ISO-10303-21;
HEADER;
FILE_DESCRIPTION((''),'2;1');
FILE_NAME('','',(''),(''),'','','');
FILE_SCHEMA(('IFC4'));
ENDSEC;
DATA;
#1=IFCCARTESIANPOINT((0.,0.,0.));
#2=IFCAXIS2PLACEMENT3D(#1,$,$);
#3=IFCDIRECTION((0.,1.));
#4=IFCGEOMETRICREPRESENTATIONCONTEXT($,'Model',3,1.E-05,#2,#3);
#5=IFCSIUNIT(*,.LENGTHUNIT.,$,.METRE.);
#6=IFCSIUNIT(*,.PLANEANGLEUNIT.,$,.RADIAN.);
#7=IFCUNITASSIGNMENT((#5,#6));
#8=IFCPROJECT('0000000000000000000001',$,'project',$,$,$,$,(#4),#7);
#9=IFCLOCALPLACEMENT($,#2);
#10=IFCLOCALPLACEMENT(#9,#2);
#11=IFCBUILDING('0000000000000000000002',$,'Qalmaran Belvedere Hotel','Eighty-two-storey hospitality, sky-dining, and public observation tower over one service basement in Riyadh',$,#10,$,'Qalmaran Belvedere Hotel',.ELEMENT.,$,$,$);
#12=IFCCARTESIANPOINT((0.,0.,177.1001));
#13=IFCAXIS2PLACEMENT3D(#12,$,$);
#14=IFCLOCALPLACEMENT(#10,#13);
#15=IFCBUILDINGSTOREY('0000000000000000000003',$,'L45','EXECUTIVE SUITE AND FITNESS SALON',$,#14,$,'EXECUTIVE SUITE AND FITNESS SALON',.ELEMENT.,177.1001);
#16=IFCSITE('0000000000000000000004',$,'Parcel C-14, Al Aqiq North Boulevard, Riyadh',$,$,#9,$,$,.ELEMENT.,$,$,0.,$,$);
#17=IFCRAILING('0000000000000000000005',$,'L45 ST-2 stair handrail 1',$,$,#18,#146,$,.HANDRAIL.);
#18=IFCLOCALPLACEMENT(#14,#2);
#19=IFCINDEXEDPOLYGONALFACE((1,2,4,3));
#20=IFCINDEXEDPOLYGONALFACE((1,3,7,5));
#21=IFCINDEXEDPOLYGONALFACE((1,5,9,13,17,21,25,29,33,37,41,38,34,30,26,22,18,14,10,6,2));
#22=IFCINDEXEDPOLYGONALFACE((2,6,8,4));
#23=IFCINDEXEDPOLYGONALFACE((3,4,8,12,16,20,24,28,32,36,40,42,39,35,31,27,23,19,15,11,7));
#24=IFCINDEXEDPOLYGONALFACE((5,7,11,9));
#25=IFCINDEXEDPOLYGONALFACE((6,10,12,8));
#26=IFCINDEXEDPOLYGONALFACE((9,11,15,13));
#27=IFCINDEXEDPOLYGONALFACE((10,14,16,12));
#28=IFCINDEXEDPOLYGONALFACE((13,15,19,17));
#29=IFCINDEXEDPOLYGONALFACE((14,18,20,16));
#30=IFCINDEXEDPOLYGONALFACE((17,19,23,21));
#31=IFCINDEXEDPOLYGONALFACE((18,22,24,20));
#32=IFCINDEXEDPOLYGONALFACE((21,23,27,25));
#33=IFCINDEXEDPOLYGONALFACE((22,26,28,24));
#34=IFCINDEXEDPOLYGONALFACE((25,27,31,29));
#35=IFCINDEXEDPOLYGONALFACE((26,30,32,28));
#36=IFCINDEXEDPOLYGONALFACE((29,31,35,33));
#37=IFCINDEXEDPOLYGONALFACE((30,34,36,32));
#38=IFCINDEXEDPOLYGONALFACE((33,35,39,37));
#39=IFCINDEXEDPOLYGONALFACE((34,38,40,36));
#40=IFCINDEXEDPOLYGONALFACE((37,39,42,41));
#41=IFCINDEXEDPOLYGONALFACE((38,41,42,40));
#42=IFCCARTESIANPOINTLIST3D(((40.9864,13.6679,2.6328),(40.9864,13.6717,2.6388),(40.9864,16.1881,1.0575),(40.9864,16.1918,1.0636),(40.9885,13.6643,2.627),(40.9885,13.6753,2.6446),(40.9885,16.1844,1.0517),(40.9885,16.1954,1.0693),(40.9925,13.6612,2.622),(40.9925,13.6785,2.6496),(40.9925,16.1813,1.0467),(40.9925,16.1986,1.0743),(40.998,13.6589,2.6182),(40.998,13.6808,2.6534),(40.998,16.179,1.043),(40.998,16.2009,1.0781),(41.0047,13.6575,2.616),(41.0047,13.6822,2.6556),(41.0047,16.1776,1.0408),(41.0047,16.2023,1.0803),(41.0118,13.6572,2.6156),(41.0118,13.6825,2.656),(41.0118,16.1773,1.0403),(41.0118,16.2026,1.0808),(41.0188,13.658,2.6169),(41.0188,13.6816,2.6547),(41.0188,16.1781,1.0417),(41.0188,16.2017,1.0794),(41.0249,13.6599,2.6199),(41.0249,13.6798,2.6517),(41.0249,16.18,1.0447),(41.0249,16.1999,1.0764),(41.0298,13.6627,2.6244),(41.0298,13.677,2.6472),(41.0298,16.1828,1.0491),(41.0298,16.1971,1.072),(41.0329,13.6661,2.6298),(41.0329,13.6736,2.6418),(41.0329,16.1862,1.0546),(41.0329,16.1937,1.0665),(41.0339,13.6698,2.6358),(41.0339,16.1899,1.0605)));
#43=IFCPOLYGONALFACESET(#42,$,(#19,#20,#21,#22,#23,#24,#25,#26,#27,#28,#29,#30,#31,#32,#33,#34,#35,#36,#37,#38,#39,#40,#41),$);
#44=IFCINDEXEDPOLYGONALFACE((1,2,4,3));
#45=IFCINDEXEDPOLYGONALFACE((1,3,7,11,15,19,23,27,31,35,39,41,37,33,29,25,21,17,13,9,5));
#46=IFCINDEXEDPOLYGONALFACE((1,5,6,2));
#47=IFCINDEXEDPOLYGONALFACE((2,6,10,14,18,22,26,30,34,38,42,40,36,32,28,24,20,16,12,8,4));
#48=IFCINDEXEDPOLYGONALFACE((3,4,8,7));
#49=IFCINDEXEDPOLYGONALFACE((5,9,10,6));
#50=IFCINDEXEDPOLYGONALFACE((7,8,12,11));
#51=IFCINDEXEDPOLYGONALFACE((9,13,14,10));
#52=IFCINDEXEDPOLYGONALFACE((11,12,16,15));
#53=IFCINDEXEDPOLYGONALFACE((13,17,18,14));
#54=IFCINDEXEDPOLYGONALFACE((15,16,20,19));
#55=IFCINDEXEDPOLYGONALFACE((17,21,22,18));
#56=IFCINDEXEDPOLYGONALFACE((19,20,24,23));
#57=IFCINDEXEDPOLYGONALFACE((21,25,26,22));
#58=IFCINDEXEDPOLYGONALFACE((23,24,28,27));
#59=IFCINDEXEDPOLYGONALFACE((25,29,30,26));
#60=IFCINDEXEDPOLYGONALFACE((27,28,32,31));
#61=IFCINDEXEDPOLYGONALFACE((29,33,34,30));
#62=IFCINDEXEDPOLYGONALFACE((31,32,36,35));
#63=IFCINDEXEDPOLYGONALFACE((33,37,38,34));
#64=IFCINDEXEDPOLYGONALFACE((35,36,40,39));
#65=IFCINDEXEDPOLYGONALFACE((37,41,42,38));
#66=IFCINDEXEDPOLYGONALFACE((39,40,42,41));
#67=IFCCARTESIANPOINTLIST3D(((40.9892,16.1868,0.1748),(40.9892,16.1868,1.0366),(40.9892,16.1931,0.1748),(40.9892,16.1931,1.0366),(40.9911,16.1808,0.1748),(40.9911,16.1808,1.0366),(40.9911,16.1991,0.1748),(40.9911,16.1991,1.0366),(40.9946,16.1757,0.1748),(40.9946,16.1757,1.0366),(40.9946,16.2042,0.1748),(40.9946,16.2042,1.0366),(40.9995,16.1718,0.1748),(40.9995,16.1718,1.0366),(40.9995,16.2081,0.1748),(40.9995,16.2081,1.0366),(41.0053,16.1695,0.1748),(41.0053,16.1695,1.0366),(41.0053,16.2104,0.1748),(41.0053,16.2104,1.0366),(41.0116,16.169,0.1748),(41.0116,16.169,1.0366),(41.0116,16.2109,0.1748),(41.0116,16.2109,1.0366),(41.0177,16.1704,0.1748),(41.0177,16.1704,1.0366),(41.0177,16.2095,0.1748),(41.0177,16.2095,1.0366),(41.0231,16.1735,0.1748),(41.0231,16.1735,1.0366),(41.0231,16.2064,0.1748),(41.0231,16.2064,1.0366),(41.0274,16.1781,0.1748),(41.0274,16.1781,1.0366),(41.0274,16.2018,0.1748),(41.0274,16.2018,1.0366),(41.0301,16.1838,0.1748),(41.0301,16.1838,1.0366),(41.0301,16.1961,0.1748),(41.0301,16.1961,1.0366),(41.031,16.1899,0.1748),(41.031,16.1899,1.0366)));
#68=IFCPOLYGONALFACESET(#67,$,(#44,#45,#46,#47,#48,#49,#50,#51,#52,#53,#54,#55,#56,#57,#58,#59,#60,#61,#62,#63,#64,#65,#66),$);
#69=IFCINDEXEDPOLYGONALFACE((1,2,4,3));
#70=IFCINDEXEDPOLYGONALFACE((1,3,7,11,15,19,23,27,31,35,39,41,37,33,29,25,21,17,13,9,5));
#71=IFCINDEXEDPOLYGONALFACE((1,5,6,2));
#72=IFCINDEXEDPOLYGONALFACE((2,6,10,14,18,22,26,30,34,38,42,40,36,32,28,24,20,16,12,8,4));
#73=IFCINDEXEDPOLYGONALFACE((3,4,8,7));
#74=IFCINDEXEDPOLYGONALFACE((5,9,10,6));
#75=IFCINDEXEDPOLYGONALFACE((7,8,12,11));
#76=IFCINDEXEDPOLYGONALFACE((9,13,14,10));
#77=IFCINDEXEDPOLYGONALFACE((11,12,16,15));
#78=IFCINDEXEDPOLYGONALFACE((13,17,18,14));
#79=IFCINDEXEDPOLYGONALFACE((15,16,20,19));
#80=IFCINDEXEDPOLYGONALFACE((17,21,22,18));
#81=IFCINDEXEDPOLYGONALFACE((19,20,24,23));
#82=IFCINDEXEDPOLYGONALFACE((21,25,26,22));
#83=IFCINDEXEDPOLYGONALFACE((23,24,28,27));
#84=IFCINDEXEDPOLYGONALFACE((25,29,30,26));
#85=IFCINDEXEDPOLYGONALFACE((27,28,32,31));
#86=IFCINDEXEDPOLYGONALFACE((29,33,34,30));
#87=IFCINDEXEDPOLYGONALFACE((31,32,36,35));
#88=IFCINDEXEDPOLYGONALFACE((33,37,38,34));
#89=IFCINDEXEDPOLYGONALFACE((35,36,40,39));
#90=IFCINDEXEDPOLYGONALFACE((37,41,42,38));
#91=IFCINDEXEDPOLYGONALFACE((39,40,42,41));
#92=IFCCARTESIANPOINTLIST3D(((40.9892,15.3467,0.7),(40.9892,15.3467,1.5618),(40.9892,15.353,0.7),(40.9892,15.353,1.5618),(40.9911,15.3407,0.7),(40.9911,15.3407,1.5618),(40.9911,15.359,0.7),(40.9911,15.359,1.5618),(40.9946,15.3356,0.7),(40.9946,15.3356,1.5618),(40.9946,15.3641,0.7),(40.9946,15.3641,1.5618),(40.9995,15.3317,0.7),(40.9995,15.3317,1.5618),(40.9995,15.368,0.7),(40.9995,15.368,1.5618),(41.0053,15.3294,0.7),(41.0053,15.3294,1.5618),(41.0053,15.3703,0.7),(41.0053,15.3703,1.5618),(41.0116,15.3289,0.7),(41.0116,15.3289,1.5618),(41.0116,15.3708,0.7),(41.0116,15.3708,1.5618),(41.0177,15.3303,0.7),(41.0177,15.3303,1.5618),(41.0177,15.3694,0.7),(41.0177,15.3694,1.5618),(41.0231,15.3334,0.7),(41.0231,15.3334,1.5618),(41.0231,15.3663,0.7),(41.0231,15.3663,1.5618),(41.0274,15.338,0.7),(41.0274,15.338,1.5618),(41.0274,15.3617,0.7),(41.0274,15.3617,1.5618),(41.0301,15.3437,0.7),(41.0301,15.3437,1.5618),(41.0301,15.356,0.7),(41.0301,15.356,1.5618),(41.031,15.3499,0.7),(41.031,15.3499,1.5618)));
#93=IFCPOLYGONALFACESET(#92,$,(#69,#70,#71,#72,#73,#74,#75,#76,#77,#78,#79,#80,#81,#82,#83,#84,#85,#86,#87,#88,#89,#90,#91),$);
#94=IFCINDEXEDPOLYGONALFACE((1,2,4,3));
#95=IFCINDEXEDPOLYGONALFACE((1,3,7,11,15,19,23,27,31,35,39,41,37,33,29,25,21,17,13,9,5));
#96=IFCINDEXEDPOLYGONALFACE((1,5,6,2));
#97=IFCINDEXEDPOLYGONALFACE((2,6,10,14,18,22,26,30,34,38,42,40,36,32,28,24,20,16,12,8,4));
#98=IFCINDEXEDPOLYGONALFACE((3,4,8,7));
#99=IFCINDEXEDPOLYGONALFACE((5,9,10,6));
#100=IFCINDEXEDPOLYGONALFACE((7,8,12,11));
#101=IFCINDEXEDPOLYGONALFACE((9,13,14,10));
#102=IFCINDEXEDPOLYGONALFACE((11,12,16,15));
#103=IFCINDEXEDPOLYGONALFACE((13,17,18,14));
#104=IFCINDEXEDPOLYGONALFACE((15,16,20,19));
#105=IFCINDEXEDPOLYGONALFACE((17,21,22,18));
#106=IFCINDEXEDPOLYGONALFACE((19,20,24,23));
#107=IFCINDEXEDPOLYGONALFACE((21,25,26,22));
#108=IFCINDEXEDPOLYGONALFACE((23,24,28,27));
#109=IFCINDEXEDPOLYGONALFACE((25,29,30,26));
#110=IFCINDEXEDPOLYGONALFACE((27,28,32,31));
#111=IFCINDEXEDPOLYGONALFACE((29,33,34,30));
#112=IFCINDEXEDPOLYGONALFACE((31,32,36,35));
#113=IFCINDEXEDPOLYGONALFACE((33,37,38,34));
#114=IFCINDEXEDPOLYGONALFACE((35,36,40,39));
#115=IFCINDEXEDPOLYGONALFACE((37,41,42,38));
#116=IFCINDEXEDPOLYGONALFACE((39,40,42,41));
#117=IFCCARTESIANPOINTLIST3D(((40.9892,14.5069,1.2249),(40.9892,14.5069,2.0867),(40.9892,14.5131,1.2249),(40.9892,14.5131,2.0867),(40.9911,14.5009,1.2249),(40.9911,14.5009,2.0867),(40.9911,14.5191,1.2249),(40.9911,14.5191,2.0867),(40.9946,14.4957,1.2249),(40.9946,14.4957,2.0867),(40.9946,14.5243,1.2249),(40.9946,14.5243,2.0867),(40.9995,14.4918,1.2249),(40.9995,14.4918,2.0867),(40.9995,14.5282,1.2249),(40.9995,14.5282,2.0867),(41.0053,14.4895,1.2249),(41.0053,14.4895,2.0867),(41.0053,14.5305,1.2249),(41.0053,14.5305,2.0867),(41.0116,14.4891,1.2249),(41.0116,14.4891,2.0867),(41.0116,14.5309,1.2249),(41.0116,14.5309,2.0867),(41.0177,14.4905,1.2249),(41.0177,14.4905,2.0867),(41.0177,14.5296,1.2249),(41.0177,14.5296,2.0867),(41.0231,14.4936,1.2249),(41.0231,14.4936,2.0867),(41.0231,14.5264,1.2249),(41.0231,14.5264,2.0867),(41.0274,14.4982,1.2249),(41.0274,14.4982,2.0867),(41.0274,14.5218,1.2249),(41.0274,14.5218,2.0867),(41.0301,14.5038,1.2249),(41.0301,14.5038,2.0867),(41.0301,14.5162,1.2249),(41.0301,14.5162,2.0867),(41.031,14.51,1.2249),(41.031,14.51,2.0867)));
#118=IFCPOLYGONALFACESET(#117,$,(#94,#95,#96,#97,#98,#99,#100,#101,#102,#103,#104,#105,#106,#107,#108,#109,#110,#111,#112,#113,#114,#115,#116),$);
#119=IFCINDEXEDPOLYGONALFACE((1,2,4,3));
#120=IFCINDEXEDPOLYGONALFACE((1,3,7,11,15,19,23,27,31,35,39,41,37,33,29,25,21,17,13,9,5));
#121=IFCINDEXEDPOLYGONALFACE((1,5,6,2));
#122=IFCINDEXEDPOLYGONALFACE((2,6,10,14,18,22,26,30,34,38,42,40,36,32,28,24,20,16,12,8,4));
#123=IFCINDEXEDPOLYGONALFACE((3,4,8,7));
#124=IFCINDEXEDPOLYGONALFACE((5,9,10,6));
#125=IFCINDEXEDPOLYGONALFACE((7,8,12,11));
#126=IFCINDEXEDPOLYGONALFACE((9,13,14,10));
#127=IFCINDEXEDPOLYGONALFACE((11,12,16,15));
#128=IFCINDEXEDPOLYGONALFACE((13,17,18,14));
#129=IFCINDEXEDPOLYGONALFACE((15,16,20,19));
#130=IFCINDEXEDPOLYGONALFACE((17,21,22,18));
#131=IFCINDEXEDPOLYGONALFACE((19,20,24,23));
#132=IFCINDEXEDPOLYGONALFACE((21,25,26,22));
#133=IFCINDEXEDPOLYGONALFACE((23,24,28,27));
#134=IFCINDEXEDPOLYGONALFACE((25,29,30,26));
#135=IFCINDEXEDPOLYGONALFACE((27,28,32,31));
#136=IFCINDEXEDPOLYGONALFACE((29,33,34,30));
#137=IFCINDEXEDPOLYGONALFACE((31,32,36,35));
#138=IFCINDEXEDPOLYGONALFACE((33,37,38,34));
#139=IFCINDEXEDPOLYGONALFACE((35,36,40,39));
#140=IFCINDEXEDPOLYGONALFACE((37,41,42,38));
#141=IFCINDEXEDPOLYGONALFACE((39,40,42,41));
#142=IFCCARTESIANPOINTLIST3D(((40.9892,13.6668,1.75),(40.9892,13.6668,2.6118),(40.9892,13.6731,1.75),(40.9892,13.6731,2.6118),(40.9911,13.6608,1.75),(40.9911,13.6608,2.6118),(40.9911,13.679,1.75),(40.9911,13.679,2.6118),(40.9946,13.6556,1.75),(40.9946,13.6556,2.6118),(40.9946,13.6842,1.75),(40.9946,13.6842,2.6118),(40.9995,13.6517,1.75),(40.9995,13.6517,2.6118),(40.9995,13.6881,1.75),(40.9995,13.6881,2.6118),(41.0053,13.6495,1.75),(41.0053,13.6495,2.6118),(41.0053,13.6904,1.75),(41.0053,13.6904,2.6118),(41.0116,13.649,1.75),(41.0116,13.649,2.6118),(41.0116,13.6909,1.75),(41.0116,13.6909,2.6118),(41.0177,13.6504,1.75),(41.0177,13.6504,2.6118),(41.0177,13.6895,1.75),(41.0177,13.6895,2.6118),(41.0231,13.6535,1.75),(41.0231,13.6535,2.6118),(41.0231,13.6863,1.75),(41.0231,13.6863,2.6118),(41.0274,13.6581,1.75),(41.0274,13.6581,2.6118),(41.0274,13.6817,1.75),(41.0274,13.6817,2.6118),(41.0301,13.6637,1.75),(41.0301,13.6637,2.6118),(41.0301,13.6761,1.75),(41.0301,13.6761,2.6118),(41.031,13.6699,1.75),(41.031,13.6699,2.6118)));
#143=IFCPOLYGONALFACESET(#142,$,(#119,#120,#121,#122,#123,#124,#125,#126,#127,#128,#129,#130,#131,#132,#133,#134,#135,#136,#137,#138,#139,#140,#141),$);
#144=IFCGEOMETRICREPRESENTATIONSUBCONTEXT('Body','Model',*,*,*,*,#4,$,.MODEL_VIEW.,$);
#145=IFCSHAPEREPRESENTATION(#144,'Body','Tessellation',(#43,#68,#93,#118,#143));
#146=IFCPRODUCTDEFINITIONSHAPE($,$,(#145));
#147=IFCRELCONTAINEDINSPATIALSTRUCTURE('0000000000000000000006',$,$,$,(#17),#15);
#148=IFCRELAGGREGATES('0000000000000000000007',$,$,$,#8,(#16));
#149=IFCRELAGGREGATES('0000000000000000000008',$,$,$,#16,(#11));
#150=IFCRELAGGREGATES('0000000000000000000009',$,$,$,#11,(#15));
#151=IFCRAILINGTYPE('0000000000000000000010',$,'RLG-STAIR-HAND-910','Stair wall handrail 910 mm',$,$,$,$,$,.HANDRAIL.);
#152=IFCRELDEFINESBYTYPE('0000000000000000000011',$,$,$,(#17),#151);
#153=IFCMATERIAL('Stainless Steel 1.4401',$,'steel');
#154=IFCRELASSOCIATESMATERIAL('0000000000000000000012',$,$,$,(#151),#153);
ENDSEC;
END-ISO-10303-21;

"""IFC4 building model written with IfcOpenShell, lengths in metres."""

from ifc_helpers import new_model, si_unit, direction, frame, origin, origin_2d, place, context, subcontext, project, spatial, circle, extrude, material, type_object, element, save


model = new_model("IFC4")

# Units and contexts
model_context = context("Model", 3, precision=1e-05, world=origin(), true_north=direction((0.0, 1.0)))
body_context = subcontext(model_context, "Body", "Model", "MODEL_VIEW")
ifc_project = project(units=[si_unit("LENGTHUNIT", "METRE"), si_unit("PLANEANGLEUNIT", "RADIAN")], contexts=[model_context])

# Site, building, storey
site_placement = place(None, origin())
site = spatial("IfcSite", under=ifc_project, at=site_placement, Name="Parcel C-14, Al Aqiq North Boulevard, Riyadh", CompositionType="ELEMENT", RefElevation=0.0)
building_placement = place(site_placement, origin())
building = spatial("IfcBuilding", under=site, at=building_placement, Name="Qalmaran Belvedere Hotel", Description="Eighty-two-storey hospitality, sky-dining, and public observation tower over one service basement in Riyadh", LongName="Qalmaran Belvedere Hotel", CompositionType="ELEMENT")
storey_placement = place(building_placement, frame((0.0, 0.0, 177.1001)))
storey = spatial("IfcBuildingStorey", under=building, at=storey_placement, Name="L45", Description="EXECUTIVE SUITE AND FITNESS SALON", LongName="EXECUTIVE SUITE AND FITNESS SALON", CompositionType="ELEMENT", Elevation=177.1001)

# Shared definitions
ifc_material_1 = material(Name="Stainless Steel 1.4401", Category="steel")

# Railing
railing_type = type_object("IfcRailingType", Name="RLG-STAIR-HAND-910", Description="Stair wall handrail 910 mm", PredefinedType="HANDRAIL", material=ifc_material_1)
railing_placement = place(storey_placement, frame((41.01, 16.1899, 0.1748)))
element("IfcRailing", 1, at=railing_placement, inside=storey, type_object=railing_type, Name="L45 ST-2 stair handrail 1", PredefinedType="HANDRAIL", context=body_context, shape_type="SweptSolid", body=[
    extrude(circle(Radius=0.0239, at=origin_2d()), frame((0.0, 0.0, 0.8857), z_axis=(0.0, -0.847971, 0.530043), x_axis=(1.0, 0.0, 0.0)), (0.0, 0.0, 1.0), 2.9719),
    extrude(circle(Radius=0.021, at=origin_2d()), origin(), (0.0, 0.0, 1.0), 0.8618),
    extrude(circle(Radius=0.021, at=origin_2d()), frame((0.0, -0.8401, 0.5251)), (0.0, 0.0, 1.0), 0.8618),
    extrude(circle(Radius=0.021, at=origin_2d()), frame((0.0, -1.6799, 1.05)), (0.0, 0.0, 1.0), 0.8618),
    extrude(circle(Radius=0.021, at=origin_2d()), frame((0.0, -2.52, 1.5752)), (0.0, 0.0, 1.0), 0.8618),
])

save(model, "model.ifc")
